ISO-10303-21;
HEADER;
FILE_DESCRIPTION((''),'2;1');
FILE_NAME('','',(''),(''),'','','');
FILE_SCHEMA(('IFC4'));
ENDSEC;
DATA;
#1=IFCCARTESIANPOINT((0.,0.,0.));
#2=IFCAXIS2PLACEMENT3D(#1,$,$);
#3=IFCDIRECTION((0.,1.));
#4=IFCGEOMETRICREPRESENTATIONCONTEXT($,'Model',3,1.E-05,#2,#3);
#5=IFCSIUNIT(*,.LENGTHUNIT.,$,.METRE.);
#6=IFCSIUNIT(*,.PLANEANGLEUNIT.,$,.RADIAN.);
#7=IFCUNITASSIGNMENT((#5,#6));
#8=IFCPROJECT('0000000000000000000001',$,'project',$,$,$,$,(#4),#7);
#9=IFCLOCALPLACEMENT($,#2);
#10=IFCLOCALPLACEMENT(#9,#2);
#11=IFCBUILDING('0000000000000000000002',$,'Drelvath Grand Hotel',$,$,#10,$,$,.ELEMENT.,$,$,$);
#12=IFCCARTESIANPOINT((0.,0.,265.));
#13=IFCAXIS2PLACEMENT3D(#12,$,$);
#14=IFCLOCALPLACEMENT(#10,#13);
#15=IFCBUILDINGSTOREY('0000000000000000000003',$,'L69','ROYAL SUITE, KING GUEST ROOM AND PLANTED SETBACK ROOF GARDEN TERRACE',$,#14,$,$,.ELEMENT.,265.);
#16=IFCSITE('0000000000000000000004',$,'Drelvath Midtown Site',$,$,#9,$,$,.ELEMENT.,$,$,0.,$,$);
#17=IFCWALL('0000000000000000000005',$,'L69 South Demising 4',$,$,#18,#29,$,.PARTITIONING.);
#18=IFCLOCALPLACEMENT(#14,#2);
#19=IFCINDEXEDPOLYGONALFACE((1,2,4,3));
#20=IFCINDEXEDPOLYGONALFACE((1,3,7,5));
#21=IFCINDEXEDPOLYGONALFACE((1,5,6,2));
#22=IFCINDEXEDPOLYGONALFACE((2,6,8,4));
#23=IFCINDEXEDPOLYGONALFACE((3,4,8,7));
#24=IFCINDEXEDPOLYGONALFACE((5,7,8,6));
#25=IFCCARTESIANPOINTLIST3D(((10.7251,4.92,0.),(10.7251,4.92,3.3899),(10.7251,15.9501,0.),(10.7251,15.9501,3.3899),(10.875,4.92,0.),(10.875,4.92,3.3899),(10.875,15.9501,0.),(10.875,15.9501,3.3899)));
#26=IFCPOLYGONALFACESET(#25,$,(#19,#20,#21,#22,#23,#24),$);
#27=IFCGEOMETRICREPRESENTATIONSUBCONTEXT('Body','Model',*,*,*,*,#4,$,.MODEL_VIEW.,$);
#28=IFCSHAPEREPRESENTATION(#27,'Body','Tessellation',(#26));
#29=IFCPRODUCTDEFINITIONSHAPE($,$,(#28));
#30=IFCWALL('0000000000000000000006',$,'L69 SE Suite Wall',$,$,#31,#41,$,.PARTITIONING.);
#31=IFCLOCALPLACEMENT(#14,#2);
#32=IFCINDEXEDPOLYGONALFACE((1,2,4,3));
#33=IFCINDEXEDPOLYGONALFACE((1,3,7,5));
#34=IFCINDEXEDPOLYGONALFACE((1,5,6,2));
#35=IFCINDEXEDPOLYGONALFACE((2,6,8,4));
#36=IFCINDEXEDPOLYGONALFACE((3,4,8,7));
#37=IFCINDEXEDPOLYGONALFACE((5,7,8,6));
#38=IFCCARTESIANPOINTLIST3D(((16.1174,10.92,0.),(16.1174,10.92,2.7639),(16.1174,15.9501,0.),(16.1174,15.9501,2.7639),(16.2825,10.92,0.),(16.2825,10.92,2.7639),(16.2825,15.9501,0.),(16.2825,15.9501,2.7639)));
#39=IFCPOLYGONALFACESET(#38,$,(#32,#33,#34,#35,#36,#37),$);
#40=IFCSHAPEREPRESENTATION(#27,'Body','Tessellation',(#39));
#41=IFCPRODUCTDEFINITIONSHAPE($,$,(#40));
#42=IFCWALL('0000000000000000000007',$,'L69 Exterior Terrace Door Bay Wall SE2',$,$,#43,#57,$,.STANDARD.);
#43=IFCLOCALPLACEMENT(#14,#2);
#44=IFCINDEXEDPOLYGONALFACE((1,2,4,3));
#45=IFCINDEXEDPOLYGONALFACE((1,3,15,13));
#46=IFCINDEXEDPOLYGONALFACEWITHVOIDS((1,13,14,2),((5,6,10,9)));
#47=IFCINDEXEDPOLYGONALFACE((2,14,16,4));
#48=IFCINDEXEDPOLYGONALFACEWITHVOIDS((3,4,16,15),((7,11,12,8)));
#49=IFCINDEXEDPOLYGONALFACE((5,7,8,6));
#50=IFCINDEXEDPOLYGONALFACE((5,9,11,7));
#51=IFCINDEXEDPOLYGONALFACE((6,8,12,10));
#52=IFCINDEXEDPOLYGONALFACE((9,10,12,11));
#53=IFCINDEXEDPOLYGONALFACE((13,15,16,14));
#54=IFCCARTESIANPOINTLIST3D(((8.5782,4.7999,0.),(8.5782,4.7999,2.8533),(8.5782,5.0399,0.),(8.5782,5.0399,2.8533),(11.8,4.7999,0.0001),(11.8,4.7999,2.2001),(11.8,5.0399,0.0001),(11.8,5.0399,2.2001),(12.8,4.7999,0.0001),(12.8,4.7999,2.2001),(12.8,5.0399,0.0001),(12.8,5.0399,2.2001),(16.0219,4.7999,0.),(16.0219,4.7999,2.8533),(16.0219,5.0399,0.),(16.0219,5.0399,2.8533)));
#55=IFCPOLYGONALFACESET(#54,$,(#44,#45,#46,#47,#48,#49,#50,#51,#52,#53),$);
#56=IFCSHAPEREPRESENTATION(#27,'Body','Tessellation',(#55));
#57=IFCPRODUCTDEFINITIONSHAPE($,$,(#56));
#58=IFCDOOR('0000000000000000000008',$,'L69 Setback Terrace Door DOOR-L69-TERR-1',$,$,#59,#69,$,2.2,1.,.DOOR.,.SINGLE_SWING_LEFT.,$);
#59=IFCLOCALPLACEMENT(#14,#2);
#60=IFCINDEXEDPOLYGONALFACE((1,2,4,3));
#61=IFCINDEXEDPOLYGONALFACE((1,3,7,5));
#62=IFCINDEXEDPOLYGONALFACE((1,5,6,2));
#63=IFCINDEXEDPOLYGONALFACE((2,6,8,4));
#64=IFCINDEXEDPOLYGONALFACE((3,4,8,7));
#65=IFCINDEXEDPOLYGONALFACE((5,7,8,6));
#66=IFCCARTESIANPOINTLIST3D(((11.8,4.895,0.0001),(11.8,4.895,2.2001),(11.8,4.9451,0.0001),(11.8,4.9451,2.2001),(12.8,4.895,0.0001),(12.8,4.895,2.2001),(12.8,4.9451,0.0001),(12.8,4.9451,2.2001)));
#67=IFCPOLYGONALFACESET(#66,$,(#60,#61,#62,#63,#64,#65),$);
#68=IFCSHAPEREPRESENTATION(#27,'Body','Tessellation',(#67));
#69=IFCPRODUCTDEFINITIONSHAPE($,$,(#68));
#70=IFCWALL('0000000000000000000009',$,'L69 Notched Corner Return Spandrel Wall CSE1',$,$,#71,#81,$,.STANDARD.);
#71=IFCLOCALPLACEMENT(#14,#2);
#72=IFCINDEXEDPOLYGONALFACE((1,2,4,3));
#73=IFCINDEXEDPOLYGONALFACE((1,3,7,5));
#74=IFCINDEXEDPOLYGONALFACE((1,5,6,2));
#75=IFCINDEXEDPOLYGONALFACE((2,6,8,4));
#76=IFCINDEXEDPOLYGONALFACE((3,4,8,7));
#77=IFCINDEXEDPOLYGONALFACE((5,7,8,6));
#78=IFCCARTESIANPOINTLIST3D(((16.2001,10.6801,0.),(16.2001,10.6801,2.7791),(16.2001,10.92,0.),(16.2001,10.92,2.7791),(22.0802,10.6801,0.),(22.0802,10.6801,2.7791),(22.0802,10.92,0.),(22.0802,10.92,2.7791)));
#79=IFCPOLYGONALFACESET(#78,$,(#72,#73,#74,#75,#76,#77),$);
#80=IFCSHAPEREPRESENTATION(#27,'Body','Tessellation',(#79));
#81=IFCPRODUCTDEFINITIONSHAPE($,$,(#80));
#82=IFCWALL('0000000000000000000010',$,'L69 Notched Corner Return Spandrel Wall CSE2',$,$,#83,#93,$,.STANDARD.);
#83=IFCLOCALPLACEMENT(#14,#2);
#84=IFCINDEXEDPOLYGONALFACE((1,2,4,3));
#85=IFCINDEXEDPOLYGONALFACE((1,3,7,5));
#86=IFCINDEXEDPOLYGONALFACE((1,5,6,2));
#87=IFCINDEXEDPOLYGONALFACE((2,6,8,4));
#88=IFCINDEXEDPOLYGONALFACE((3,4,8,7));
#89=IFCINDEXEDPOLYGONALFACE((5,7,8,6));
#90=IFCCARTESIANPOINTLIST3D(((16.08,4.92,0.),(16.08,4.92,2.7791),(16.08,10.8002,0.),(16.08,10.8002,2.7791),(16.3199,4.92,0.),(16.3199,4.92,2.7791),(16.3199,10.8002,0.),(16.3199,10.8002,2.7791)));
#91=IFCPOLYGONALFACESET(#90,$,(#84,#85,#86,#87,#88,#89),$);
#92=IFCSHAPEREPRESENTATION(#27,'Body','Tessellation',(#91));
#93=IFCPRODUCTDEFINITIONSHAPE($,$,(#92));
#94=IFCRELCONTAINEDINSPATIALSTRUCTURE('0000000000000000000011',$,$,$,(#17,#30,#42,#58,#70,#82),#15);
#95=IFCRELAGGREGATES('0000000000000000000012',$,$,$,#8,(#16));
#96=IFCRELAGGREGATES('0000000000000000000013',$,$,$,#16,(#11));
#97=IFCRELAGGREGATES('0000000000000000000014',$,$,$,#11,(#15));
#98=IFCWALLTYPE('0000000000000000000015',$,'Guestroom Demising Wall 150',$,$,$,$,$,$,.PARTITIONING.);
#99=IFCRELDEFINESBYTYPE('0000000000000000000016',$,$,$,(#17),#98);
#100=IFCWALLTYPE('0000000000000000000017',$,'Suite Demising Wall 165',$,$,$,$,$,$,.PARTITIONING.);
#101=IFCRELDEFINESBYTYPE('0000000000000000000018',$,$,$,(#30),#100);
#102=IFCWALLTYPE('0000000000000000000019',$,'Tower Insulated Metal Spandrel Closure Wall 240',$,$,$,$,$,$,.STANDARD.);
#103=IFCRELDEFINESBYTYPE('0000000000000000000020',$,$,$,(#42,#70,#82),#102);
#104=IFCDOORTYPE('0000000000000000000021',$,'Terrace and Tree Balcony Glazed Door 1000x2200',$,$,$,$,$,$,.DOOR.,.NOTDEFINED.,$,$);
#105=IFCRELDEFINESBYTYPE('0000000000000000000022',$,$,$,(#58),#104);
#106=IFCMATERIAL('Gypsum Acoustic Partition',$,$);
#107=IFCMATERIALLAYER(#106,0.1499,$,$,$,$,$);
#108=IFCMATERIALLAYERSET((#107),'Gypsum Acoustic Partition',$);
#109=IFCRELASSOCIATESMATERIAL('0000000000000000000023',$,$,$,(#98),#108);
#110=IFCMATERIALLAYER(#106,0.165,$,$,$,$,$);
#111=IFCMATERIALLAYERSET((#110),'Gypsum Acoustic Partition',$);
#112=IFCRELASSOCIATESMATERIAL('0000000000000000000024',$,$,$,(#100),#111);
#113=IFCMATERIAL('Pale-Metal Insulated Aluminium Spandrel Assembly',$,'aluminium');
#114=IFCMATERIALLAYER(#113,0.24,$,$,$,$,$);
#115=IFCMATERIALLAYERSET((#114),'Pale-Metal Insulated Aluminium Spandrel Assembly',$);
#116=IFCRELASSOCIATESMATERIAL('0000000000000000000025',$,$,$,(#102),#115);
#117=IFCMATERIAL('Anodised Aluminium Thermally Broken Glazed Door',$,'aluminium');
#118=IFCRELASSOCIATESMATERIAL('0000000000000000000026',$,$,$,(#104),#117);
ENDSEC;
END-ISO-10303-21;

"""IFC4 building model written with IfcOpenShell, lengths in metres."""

from ifc_helpers import new_model, si_unit, direction, frame, frame_2d, origin, place, context, subcontext, project, spatial, rectangle, extrude, material, layer, layer_set, type_object, element, fill, save


model = new_model("IFC4")

# Units and contexts
model_context = context("Model", 3, precision=1e-05, world=origin(), true_north=direction((0.0, 1.0)))
body_context = subcontext(model_context, "Body", "Model", "MODEL_VIEW")
ifc_project = project(units=[si_unit("LENGTHUNIT", "METRE"), si_unit("PLANEANGLEUNIT", "RADIAN")], contexts=[model_context])

# Site, building, storey
site_placement = place(None, origin())
site = spatial("IfcSite", under=ifc_project, at=site_placement, Name="Drelvath Midtown Site", CompositionType="ELEMENT", RefElevation=0.0)
building_placement = place(site_placement, origin())
building = spatial("IfcBuilding", under=site, at=building_placement, Name="Drelvath Grand Hotel", CompositionType="ELEMENT")
storey_placement = place(building_placement, frame((0.0, 0.0, 265.0)))
storey = spatial("IfcBuildingStorey", under=building, at=storey_placement, Name="L69", Description="ROYAL SUITE, KING GUEST ROOM AND PLANTED SETBACK ROOF GARDEN TERRACE", CompositionType="ELEMENT", Elevation=265.0)

# Walls
ifc_material_1 = material(Name="Gypsum Acoustic Partition")
ifc_layer_1 = layer(ifc_material_1, 0.1499)
ifc_layer_set_1 = layer_set([ifc_layer_1], Name="Gypsum Acoustic Partition")
wall_type_1 = type_object("IfcWallType", Name="Guestroom Demising Wall 150", PredefinedType="PARTITIONING", material=ifc_layer_set_1)
wall_1_placement = place(storey_placement, frame((10.8, 4.9199, 0.0), z_axis=(0.0, 0.0, 1.0), x_axis=(0.0, 1.0, 0.0)))
element("IfcWall", 1, at=wall_1_placement, inside=storey, type_object=wall_type_1, Name="L69 South Demising 4", PredefinedType="PARTITIONING", context=body_context, shape_type="SweptSolid", body=[
    extrude(rectangle(XDim=11.03, YDim=0.1499, at=frame_2d((5.5151, 0.0))), origin(), (0.0, 0.0, 1.0), 3.3899),
])
ifc_layer_2 = layer(ifc_material_1, 0.165)
ifc_layer_set_2 = layer_set([ifc_layer_2], Name="Gypsum Acoustic Partition")
wall_type_2 = type_object("IfcWallType", Name="Suite Demising Wall 165", PredefinedType="PARTITIONING", material=ifc_layer_set_2)
wall_2_placement = place(storey_placement, frame((16.2, 10.9199, 0.0), z_axis=(0.0, 0.0, 1.0), x_axis=(0.0, 1.0, 0.0)))
element("IfcWall", 2, at=wall_2_placement, inside=storey, type_object=wall_type_2, Name="L69 SE Suite Wall", PredefinedType="PARTITIONING", context=body_context, shape_type="SweptSolid", body=[
    extrude(rectangle(XDim=5.03, YDim=0.165, at=frame_2d((2.5151, 0.0))), origin(), (0.0, 0.0, 1.0), 2.7639),
])

# Wall, opening, door
ifc_material_2 = material(Name="Pale-Metal Insulated Aluminium Spandrel Assembly", Category="aluminium")
ifc_layer_3 = layer(ifc_material_2, 0.24)
ifc_layer_set_3 = layer_set([ifc_layer_3], Name="Pale-Metal Insulated Aluminium Spandrel Assembly")
wall_type_3 = type_object("IfcWallType", Name="Tower Insulated Metal Spandrel Closure Wall 240", PredefinedType="STANDARD", material=ifc_layer_set_3)
wall_3_placement = place(storey_placement, frame((16.0217, 4.9199, 0.0), z_axis=(0.0, 0.0, 1.0), x_axis=(-1.0, 0.0, 0.0)))
wall_3 = element("IfcWall", 3, at=wall_3_placement, inside=storey, type_object=wall_type_3, Name="L69 Exterior Terrace Door Bay Wall SE2", PredefinedType="STANDARD", context=body_context, shape_type="SweptSolid", body=[
    extrude(rectangle(XDim=7.4436, YDim=0.24, at=frame_2d((3.7217, 0.0))), origin(), (0.0, 0.0, 1.0), 2.8533),
])
opening_1_placement = place(wall_3_placement, frame((3.2217, 0.0, 0.0)))
opening_1 = element("IfcOpeningElement", 4, at=opening_1_placement, cuts=wall_3, PredefinedType="OPENING", context=body_context, shape_type="SweptSolid", body=[
    extrude(rectangle(XDim=1.0, YDim=2.2, at=frame_2d((0.5, 1.1001))), frame((0.0, 0.1299, 0.0), z_axis=(0.0, -1.0, 0.0), x_axis=(1.0, 0.0, 0.0)), (0.0, 0.0, 1.0), 0.26),
])
ifc_material_3 = material(Name="Anodised Aluminium Thermally Broken Glazed Door", Category="aluminium")
door_type_1 = type_object("IfcDoorType", Name="Terrace and Tree Balcony Glazed Door 1000x2200", OperationType="NOTDEFINED", PredefinedType="DOOR", material=ifc_material_3)
door_1_placement = place(opening_1_placement, origin())
door_1 = element("IfcDoor", 5, at=door_1_placement, inside=storey, type_object=door_type_1, Name="L69 Setback Terrace Door DOOR-L69-TERR-1", OperationType="SINGLE_SWING_LEFT", OverallHeight=2.2, OverallWidth=1.0, PredefinedType="DOOR", context=body_context, shape_type="SweptSolid", body=[
    extrude(rectangle(XDim=1.0, YDim=2.2, at=frame_2d((0.5, 1.1001))), frame((0.0, 0.0249, 0.0), z_axis=(0.0, -1.0, 0.0), x_axis=(1.0, 0.0, 0.0)), (0.0, 0.0, 1.0), 0.05),
])
fill(opening_1, door_1)

# Walls
for number, where, z_axis, x_axis, name in (
    (6, (22.0801, 10.8, 0.0), (0.0, 0.0, 1.0), (-1.0, 0.0, 0.0), "L69 Notched Corner Return Spandrel Wall CSE1"),
    (7, (16.2, 10.8, 0.0), (0.0, 0.0, 1.0), (0.0, -1.0, 0.0), "L69 Notched Corner Return Spandrel Wall CSE2"),
):
    element("IfcWall", number, at=place(storey_placement, frame(where, z_axis=z_axis, x_axis=x_axis)), inside=storey, type_object=wall_type_3, Name=name, PredefinedType="STANDARD", context=body_context, shape_type="SweptSolid", body=[
        extrude(rectangle(XDim=5.8801, YDim=0.24, at=frame_2d((2.9399, 0.0))), origin(), (0.0, 0.0, 1.0), 2.7791),
    ])

save(model, "model.ifc")
